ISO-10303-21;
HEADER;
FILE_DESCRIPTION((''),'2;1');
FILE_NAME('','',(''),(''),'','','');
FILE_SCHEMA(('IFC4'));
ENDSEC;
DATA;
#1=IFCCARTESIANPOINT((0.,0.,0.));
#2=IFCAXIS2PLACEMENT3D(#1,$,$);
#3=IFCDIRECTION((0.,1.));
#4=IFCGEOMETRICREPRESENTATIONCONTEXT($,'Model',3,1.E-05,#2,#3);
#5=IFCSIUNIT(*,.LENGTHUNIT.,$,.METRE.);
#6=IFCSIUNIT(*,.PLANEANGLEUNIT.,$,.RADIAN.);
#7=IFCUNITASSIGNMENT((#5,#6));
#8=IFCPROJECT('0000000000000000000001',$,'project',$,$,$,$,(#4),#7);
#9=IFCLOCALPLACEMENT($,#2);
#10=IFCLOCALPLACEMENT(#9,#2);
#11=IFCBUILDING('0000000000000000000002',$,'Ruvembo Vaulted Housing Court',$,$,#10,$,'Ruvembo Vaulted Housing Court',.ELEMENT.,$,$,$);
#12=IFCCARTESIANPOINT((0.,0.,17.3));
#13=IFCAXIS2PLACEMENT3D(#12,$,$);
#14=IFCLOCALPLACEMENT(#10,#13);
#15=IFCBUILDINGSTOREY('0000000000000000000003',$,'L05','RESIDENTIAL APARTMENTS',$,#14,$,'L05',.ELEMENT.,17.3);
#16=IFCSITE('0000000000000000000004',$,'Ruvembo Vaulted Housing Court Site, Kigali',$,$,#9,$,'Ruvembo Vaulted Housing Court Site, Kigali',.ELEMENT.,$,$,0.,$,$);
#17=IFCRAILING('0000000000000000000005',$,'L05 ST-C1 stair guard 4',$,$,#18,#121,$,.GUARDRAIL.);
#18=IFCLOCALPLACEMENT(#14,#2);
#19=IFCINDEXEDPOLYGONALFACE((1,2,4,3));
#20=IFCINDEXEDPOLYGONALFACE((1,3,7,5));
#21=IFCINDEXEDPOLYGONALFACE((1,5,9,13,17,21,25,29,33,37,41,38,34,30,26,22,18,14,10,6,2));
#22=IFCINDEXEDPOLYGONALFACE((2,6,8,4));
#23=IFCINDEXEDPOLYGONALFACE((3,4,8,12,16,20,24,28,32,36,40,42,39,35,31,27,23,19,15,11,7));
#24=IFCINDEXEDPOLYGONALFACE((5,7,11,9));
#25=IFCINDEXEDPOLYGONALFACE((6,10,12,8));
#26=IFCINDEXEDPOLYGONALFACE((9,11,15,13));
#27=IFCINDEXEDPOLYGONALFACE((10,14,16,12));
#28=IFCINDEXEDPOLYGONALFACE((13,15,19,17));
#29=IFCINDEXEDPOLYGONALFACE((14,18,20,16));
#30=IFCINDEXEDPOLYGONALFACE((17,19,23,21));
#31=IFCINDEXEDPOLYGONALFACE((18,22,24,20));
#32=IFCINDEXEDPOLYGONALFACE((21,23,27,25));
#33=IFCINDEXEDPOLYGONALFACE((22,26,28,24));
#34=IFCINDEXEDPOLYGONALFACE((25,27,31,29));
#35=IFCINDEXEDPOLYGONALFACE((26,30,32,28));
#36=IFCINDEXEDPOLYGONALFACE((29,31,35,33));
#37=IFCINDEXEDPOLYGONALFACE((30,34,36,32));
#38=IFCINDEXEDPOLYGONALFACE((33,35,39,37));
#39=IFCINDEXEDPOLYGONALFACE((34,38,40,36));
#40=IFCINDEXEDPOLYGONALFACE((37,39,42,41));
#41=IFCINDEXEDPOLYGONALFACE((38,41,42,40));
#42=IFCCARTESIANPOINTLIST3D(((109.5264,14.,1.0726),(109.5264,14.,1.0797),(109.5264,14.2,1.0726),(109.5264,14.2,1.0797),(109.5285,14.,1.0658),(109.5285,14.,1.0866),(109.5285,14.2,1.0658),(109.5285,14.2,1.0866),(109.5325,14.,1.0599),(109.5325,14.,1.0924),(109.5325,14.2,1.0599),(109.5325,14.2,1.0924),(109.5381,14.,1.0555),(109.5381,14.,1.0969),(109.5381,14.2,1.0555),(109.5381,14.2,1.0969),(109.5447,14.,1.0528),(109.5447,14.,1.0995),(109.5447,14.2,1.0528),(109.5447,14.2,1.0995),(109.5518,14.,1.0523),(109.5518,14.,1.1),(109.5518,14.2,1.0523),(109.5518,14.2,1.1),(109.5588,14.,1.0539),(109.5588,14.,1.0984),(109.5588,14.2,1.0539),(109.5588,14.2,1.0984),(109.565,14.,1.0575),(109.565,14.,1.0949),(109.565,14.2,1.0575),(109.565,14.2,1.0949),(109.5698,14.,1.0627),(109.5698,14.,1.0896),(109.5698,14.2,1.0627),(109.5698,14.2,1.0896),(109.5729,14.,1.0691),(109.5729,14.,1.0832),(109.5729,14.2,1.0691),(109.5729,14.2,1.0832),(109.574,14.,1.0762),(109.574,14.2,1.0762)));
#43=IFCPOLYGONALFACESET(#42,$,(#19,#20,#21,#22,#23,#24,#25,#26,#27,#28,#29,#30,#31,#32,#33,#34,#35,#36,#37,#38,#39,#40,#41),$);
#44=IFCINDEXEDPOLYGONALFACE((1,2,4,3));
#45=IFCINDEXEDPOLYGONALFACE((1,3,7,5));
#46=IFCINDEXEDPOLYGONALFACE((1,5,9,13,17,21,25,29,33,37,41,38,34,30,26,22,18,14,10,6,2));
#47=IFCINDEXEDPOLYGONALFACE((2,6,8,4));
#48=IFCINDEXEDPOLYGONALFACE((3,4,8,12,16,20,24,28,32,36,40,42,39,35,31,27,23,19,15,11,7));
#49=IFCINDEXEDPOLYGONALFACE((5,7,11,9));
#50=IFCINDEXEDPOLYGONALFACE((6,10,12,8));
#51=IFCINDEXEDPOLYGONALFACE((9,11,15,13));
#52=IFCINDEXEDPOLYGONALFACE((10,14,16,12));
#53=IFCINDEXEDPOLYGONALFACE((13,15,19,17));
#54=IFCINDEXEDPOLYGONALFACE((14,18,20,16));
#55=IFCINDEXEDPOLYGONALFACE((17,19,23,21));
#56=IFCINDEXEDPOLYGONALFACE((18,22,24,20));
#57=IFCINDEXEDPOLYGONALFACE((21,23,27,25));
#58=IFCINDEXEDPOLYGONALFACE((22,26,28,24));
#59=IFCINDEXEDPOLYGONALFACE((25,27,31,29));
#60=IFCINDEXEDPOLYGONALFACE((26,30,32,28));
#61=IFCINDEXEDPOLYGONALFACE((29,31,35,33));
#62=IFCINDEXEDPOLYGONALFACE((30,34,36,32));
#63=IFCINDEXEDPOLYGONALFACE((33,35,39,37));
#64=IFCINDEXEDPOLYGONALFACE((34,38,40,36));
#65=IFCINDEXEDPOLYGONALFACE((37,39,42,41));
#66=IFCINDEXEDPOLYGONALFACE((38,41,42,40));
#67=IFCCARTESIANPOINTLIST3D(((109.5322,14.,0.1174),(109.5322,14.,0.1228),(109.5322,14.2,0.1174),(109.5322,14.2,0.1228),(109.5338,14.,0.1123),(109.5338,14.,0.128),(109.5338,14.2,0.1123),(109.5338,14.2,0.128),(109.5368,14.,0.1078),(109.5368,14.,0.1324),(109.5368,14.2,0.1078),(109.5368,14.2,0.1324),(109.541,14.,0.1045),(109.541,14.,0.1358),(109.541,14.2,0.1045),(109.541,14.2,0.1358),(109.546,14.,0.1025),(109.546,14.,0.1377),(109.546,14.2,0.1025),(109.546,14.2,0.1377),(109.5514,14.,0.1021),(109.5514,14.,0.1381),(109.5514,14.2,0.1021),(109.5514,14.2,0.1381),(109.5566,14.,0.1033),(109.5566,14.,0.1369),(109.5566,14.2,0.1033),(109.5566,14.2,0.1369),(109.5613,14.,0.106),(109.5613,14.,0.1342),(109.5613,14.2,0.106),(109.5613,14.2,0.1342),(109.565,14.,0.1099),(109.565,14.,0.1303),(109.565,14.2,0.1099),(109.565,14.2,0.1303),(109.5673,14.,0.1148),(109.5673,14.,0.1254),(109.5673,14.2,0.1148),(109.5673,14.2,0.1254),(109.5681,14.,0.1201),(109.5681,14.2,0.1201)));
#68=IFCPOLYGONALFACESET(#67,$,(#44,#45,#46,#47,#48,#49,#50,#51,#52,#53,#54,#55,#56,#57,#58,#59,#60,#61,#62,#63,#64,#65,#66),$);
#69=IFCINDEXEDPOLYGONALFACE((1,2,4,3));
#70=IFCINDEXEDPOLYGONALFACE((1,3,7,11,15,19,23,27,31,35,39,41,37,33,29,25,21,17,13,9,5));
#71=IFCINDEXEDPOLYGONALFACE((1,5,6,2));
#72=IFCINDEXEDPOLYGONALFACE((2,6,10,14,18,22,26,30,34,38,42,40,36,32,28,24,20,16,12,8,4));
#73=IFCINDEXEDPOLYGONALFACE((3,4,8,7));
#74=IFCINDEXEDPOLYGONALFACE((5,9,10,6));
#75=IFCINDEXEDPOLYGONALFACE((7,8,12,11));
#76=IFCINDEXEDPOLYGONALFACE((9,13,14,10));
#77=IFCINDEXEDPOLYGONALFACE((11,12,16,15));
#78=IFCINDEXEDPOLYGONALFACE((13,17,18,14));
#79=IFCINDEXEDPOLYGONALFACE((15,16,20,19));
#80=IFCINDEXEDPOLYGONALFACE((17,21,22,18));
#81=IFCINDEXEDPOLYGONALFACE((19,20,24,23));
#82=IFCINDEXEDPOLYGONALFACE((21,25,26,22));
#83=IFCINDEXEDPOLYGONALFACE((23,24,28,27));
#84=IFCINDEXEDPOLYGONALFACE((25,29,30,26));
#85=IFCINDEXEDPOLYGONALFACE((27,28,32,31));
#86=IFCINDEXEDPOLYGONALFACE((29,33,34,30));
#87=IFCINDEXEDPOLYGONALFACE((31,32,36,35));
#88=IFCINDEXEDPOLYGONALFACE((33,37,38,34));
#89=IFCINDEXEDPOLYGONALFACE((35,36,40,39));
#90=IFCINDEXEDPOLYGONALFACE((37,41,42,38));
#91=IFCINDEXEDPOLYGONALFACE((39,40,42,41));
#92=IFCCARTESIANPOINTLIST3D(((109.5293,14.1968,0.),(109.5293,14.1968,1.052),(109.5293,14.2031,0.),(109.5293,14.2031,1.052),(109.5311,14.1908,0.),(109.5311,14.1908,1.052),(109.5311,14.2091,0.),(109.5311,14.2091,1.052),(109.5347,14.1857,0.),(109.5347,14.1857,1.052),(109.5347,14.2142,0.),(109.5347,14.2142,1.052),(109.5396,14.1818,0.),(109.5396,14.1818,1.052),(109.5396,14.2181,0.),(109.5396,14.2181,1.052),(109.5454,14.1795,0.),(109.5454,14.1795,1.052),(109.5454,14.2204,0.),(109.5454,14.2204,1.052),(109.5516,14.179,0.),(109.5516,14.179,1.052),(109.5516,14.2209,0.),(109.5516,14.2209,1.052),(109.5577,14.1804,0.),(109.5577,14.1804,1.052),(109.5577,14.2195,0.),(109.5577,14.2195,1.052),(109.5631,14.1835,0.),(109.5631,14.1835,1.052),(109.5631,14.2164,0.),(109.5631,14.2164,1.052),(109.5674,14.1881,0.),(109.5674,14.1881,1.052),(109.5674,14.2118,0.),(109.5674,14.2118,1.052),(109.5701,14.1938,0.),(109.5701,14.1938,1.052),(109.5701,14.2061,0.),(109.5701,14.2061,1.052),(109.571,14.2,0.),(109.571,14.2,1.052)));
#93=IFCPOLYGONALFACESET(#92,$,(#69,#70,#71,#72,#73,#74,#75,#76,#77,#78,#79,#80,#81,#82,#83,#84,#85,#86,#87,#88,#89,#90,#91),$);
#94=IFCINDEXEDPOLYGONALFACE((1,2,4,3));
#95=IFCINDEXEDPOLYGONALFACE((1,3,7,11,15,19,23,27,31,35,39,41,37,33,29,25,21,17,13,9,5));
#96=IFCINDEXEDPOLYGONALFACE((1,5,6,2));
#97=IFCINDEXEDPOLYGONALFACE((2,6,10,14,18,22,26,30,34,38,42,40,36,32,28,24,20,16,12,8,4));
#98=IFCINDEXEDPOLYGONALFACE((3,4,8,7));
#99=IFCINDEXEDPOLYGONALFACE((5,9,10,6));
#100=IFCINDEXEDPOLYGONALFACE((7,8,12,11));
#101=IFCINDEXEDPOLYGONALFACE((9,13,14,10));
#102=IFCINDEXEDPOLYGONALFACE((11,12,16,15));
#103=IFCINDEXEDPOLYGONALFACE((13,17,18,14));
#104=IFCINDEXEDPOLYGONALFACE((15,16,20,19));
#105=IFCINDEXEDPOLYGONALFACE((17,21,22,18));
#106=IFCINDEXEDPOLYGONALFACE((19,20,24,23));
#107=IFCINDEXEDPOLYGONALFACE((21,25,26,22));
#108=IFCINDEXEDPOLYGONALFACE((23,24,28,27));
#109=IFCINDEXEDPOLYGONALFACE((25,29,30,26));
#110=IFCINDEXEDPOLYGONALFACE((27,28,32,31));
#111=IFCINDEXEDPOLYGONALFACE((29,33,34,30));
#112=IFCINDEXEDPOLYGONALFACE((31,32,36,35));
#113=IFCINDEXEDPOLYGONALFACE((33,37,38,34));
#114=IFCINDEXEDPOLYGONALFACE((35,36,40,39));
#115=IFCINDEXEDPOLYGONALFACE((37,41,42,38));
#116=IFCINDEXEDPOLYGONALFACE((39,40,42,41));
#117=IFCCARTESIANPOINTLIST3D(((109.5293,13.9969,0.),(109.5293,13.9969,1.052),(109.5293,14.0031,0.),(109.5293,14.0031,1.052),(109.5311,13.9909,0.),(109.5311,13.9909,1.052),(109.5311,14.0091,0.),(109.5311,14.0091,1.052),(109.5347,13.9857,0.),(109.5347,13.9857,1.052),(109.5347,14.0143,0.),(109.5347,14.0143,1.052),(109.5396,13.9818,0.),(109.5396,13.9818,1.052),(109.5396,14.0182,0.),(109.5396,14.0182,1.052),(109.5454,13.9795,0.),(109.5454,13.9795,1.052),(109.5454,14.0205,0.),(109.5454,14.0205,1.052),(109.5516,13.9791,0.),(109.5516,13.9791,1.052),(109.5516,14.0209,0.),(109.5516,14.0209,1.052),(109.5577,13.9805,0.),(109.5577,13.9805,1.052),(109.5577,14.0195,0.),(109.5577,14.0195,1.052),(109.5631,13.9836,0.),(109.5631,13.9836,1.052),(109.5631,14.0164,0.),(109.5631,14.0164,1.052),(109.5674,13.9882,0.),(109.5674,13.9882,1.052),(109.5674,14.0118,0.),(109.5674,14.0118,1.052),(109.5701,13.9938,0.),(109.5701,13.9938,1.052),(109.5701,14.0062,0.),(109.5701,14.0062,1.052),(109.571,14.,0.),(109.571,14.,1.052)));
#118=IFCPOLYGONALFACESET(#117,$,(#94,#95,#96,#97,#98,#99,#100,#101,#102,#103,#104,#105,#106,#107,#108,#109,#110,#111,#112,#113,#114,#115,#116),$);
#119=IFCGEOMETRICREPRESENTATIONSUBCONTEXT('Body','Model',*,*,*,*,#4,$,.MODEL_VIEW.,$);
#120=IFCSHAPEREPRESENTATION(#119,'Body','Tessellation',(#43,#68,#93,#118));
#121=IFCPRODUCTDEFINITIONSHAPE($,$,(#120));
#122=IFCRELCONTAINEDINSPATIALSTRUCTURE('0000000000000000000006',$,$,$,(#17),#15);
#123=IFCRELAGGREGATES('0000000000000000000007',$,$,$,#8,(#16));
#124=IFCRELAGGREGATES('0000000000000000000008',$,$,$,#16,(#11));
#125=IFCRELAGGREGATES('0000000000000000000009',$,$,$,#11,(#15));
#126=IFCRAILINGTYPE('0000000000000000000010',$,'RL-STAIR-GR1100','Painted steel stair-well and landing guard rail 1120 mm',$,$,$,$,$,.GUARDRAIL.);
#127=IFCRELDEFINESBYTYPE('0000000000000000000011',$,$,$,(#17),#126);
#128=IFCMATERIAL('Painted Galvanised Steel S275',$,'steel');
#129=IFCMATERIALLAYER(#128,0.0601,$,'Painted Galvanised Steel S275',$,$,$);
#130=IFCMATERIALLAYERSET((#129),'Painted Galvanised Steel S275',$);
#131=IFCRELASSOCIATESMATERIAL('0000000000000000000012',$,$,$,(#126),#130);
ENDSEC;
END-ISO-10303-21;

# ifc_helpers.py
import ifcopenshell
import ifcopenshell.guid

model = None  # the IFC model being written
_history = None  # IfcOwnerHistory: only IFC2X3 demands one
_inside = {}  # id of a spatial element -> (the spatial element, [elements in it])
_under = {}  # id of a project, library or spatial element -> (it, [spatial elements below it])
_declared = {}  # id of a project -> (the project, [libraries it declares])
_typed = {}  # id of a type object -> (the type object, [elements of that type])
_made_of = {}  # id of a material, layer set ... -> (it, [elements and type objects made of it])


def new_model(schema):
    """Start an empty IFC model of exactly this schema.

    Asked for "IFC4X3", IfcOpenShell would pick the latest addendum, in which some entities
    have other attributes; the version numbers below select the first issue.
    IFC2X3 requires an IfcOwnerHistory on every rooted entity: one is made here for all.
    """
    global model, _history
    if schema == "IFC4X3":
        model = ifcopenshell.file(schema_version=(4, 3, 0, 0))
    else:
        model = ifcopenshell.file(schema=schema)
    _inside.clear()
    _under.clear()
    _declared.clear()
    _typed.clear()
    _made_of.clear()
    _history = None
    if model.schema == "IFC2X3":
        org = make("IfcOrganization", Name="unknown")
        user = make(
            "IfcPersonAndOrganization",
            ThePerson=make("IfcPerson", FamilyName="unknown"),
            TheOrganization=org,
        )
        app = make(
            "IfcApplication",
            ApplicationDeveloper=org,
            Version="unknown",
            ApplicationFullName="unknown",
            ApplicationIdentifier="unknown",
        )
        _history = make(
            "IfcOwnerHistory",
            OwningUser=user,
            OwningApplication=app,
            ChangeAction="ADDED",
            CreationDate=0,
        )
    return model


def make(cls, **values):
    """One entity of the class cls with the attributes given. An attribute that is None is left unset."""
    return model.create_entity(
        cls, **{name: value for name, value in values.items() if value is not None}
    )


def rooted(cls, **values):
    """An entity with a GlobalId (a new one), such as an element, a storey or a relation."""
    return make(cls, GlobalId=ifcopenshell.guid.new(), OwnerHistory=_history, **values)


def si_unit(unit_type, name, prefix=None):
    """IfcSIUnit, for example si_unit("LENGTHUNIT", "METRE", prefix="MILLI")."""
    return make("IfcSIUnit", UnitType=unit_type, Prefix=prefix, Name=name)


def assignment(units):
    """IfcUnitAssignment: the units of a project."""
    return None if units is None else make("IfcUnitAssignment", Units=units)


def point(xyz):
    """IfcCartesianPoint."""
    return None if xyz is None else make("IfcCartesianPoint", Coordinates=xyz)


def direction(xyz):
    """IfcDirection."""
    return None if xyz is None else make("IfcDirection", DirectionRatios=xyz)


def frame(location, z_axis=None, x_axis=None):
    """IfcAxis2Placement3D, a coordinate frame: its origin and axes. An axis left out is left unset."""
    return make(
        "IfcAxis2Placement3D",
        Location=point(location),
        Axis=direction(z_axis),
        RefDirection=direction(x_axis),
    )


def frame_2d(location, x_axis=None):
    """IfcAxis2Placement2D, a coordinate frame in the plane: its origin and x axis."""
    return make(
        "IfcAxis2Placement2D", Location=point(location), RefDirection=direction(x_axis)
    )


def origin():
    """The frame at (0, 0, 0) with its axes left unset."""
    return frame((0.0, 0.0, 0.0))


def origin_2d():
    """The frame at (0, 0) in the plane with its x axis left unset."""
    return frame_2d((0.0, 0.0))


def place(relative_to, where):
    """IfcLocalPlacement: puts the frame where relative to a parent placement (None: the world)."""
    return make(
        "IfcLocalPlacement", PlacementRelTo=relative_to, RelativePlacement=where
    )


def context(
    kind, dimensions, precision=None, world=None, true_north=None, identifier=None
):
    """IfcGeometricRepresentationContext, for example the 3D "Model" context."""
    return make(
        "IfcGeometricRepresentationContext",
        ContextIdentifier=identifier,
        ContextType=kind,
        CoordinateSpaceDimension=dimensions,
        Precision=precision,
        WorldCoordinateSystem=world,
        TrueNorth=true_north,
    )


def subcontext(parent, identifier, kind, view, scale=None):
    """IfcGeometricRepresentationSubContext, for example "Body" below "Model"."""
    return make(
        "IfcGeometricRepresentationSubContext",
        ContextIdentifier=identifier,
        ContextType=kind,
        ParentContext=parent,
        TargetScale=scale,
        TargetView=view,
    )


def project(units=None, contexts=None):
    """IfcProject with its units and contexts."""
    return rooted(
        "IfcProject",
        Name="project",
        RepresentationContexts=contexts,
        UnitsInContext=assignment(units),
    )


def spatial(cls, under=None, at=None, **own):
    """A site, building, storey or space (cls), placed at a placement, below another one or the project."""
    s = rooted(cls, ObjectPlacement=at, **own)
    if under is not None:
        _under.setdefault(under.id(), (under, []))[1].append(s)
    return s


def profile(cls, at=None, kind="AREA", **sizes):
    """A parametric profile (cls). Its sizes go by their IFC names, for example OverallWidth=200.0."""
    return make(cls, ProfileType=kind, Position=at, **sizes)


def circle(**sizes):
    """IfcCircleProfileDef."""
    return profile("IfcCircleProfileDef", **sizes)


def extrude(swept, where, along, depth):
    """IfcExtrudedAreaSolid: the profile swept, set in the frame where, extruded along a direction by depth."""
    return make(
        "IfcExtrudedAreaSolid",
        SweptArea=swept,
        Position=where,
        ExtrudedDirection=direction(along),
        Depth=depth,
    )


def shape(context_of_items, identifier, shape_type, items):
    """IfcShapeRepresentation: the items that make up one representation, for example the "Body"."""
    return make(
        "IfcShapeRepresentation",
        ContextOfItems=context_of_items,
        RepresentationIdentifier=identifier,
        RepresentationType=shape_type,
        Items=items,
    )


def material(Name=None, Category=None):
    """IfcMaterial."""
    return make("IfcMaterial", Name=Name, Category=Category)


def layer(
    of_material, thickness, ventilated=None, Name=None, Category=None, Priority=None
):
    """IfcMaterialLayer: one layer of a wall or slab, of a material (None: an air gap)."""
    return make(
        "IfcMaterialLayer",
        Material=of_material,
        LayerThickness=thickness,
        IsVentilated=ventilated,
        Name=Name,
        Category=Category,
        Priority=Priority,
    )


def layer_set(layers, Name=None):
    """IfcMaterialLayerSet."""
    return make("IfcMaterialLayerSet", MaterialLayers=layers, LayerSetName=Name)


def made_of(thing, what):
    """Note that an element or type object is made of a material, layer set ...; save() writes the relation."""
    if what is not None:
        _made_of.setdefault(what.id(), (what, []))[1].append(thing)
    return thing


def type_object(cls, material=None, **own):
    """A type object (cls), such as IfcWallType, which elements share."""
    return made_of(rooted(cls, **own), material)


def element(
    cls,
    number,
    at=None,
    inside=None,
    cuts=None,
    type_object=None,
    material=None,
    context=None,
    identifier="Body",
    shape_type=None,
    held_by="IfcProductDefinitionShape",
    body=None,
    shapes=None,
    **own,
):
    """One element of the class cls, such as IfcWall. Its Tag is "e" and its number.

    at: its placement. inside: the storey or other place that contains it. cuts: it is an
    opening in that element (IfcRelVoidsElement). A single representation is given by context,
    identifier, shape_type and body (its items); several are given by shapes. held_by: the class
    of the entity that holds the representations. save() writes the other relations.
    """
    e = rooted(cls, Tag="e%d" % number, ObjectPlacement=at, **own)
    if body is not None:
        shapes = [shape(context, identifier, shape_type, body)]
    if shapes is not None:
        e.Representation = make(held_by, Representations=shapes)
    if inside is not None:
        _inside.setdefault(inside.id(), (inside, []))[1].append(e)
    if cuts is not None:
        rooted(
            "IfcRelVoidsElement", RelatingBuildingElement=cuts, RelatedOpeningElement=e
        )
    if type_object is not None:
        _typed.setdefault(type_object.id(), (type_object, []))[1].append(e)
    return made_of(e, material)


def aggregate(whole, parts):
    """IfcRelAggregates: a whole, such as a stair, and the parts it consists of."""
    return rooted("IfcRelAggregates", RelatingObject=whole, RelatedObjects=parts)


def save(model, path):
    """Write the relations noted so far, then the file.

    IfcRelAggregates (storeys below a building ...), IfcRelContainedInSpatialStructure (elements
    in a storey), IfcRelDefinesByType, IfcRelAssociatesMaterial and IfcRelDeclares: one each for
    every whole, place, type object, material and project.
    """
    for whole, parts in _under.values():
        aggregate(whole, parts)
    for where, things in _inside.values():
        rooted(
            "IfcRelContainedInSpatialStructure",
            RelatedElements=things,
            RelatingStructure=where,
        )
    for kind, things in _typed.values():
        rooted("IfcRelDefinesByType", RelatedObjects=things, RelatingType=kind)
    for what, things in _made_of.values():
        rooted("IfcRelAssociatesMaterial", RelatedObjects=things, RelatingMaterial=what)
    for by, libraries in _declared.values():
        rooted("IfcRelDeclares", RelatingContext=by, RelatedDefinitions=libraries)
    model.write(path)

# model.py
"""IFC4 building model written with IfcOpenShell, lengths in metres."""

from ifc_helpers import new_model, si_unit, direction, frame, origin, origin_2d, place, context, subcontext, project, spatial, circle, extrude, material, layer, layer_set, type_object, element, save


model = new_model("IFC4")

# Units and contexts
model_context = context("Model", 3, precision=1e-05, world=origin(), true_north=direction((0.0, 1.0)))
body_context = subcontext(model_context, "Body", "Model", "MODEL_VIEW")
ifc_project = project(units=[si_unit("LENGTHUNIT", "METRE"), si_unit("PLANEANGLEUNIT", "RADIAN")], contexts=[model_context])

# Site, building, storey
site_placement = place(None, origin())
site = spatial("IfcSite", under=ifc_project, at=site_placement, Name="Ruvembo Vaulted Housing Court Site, Kigali", LongName="Ruvembo Vaulted Housing Court Site, Kigali", CompositionType="ELEMENT", RefElevation=0.0)
building_placement = place(site_placement, origin())
building = spatial("IfcBuilding", under=site, at=building_placement, Name="Ruvembo Vaulted Housing Court", LongName="Ruvembo Vaulted Housing Court", CompositionType="ELEMENT")
storey_placement = place(building_placement, frame((0.0, 0.0, 17.3)))
storey = spatial("IfcBuildingStorey", under=building, at=storey_placement, Name="L05", Description="RESIDENTIAL APARTMENTS", LongName="L05", CompositionType="ELEMENT", Elevation=17.3)

# Railing
ifc_material_1 = material(Name="Painted Galvanised Steel S275", Category="steel")
ifc_layer_1 = layer(ifc_material_1, 0.0601, Name="Painted Galvanised Steel S275")
ifc_layer_set_1 = layer_set([ifc_layer_1], Name="Painted Galvanised Steel S275")
railing_type_1 = type_object("IfcRailingType", Name="RL-STAIR-GR1100", Description="Painted steel stair-well and landing guard rail 1120 mm", PredefinedType="GUARDRAIL", material=ifc_layer_set_1)
railing_1_placement = place(storey_placement, frame((109.55, 14.2, 0.0)))
element("IfcRailing", 1, at=railing_1_placement, inside=storey, type_object=railing_type_1, Name="L05 ST-C1 stair guard 4", PredefinedType="GUARDRAIL", context=body_context, shape_type="SweptSolid", body=[
    extrude(circle(Radius=0.0239, at=origin_2d()), frame((0.0, 0.0, 1.0762), z_axis=(0.0, -1.0, 0.0), x_axis=(1.0, 0.0, 0.0)), (0.0, 0.0, 1.0), 0.2),
    extrude(circle(Radius=0.0181, at=origin_2d()), frame((0.0, 0.0, 0.1201), z_axis=(0.0, -1.0, 0.0), x_axis=(1.0, 0.0, 0.0)), (0.0, 0.0, 1.0), 0.2),
    extrude(circle(Radius=0.021, at=origin_2d()), origin(), (0.0, 0.0, 1.0), 1.052),
    extrude(circle(Radius=0.021, at=origin_2d()), frame((0.0, -0.2, 0.0)), (0.0, 0.0, 1.0), 1.052),
])

save(model, "model.ifc")
